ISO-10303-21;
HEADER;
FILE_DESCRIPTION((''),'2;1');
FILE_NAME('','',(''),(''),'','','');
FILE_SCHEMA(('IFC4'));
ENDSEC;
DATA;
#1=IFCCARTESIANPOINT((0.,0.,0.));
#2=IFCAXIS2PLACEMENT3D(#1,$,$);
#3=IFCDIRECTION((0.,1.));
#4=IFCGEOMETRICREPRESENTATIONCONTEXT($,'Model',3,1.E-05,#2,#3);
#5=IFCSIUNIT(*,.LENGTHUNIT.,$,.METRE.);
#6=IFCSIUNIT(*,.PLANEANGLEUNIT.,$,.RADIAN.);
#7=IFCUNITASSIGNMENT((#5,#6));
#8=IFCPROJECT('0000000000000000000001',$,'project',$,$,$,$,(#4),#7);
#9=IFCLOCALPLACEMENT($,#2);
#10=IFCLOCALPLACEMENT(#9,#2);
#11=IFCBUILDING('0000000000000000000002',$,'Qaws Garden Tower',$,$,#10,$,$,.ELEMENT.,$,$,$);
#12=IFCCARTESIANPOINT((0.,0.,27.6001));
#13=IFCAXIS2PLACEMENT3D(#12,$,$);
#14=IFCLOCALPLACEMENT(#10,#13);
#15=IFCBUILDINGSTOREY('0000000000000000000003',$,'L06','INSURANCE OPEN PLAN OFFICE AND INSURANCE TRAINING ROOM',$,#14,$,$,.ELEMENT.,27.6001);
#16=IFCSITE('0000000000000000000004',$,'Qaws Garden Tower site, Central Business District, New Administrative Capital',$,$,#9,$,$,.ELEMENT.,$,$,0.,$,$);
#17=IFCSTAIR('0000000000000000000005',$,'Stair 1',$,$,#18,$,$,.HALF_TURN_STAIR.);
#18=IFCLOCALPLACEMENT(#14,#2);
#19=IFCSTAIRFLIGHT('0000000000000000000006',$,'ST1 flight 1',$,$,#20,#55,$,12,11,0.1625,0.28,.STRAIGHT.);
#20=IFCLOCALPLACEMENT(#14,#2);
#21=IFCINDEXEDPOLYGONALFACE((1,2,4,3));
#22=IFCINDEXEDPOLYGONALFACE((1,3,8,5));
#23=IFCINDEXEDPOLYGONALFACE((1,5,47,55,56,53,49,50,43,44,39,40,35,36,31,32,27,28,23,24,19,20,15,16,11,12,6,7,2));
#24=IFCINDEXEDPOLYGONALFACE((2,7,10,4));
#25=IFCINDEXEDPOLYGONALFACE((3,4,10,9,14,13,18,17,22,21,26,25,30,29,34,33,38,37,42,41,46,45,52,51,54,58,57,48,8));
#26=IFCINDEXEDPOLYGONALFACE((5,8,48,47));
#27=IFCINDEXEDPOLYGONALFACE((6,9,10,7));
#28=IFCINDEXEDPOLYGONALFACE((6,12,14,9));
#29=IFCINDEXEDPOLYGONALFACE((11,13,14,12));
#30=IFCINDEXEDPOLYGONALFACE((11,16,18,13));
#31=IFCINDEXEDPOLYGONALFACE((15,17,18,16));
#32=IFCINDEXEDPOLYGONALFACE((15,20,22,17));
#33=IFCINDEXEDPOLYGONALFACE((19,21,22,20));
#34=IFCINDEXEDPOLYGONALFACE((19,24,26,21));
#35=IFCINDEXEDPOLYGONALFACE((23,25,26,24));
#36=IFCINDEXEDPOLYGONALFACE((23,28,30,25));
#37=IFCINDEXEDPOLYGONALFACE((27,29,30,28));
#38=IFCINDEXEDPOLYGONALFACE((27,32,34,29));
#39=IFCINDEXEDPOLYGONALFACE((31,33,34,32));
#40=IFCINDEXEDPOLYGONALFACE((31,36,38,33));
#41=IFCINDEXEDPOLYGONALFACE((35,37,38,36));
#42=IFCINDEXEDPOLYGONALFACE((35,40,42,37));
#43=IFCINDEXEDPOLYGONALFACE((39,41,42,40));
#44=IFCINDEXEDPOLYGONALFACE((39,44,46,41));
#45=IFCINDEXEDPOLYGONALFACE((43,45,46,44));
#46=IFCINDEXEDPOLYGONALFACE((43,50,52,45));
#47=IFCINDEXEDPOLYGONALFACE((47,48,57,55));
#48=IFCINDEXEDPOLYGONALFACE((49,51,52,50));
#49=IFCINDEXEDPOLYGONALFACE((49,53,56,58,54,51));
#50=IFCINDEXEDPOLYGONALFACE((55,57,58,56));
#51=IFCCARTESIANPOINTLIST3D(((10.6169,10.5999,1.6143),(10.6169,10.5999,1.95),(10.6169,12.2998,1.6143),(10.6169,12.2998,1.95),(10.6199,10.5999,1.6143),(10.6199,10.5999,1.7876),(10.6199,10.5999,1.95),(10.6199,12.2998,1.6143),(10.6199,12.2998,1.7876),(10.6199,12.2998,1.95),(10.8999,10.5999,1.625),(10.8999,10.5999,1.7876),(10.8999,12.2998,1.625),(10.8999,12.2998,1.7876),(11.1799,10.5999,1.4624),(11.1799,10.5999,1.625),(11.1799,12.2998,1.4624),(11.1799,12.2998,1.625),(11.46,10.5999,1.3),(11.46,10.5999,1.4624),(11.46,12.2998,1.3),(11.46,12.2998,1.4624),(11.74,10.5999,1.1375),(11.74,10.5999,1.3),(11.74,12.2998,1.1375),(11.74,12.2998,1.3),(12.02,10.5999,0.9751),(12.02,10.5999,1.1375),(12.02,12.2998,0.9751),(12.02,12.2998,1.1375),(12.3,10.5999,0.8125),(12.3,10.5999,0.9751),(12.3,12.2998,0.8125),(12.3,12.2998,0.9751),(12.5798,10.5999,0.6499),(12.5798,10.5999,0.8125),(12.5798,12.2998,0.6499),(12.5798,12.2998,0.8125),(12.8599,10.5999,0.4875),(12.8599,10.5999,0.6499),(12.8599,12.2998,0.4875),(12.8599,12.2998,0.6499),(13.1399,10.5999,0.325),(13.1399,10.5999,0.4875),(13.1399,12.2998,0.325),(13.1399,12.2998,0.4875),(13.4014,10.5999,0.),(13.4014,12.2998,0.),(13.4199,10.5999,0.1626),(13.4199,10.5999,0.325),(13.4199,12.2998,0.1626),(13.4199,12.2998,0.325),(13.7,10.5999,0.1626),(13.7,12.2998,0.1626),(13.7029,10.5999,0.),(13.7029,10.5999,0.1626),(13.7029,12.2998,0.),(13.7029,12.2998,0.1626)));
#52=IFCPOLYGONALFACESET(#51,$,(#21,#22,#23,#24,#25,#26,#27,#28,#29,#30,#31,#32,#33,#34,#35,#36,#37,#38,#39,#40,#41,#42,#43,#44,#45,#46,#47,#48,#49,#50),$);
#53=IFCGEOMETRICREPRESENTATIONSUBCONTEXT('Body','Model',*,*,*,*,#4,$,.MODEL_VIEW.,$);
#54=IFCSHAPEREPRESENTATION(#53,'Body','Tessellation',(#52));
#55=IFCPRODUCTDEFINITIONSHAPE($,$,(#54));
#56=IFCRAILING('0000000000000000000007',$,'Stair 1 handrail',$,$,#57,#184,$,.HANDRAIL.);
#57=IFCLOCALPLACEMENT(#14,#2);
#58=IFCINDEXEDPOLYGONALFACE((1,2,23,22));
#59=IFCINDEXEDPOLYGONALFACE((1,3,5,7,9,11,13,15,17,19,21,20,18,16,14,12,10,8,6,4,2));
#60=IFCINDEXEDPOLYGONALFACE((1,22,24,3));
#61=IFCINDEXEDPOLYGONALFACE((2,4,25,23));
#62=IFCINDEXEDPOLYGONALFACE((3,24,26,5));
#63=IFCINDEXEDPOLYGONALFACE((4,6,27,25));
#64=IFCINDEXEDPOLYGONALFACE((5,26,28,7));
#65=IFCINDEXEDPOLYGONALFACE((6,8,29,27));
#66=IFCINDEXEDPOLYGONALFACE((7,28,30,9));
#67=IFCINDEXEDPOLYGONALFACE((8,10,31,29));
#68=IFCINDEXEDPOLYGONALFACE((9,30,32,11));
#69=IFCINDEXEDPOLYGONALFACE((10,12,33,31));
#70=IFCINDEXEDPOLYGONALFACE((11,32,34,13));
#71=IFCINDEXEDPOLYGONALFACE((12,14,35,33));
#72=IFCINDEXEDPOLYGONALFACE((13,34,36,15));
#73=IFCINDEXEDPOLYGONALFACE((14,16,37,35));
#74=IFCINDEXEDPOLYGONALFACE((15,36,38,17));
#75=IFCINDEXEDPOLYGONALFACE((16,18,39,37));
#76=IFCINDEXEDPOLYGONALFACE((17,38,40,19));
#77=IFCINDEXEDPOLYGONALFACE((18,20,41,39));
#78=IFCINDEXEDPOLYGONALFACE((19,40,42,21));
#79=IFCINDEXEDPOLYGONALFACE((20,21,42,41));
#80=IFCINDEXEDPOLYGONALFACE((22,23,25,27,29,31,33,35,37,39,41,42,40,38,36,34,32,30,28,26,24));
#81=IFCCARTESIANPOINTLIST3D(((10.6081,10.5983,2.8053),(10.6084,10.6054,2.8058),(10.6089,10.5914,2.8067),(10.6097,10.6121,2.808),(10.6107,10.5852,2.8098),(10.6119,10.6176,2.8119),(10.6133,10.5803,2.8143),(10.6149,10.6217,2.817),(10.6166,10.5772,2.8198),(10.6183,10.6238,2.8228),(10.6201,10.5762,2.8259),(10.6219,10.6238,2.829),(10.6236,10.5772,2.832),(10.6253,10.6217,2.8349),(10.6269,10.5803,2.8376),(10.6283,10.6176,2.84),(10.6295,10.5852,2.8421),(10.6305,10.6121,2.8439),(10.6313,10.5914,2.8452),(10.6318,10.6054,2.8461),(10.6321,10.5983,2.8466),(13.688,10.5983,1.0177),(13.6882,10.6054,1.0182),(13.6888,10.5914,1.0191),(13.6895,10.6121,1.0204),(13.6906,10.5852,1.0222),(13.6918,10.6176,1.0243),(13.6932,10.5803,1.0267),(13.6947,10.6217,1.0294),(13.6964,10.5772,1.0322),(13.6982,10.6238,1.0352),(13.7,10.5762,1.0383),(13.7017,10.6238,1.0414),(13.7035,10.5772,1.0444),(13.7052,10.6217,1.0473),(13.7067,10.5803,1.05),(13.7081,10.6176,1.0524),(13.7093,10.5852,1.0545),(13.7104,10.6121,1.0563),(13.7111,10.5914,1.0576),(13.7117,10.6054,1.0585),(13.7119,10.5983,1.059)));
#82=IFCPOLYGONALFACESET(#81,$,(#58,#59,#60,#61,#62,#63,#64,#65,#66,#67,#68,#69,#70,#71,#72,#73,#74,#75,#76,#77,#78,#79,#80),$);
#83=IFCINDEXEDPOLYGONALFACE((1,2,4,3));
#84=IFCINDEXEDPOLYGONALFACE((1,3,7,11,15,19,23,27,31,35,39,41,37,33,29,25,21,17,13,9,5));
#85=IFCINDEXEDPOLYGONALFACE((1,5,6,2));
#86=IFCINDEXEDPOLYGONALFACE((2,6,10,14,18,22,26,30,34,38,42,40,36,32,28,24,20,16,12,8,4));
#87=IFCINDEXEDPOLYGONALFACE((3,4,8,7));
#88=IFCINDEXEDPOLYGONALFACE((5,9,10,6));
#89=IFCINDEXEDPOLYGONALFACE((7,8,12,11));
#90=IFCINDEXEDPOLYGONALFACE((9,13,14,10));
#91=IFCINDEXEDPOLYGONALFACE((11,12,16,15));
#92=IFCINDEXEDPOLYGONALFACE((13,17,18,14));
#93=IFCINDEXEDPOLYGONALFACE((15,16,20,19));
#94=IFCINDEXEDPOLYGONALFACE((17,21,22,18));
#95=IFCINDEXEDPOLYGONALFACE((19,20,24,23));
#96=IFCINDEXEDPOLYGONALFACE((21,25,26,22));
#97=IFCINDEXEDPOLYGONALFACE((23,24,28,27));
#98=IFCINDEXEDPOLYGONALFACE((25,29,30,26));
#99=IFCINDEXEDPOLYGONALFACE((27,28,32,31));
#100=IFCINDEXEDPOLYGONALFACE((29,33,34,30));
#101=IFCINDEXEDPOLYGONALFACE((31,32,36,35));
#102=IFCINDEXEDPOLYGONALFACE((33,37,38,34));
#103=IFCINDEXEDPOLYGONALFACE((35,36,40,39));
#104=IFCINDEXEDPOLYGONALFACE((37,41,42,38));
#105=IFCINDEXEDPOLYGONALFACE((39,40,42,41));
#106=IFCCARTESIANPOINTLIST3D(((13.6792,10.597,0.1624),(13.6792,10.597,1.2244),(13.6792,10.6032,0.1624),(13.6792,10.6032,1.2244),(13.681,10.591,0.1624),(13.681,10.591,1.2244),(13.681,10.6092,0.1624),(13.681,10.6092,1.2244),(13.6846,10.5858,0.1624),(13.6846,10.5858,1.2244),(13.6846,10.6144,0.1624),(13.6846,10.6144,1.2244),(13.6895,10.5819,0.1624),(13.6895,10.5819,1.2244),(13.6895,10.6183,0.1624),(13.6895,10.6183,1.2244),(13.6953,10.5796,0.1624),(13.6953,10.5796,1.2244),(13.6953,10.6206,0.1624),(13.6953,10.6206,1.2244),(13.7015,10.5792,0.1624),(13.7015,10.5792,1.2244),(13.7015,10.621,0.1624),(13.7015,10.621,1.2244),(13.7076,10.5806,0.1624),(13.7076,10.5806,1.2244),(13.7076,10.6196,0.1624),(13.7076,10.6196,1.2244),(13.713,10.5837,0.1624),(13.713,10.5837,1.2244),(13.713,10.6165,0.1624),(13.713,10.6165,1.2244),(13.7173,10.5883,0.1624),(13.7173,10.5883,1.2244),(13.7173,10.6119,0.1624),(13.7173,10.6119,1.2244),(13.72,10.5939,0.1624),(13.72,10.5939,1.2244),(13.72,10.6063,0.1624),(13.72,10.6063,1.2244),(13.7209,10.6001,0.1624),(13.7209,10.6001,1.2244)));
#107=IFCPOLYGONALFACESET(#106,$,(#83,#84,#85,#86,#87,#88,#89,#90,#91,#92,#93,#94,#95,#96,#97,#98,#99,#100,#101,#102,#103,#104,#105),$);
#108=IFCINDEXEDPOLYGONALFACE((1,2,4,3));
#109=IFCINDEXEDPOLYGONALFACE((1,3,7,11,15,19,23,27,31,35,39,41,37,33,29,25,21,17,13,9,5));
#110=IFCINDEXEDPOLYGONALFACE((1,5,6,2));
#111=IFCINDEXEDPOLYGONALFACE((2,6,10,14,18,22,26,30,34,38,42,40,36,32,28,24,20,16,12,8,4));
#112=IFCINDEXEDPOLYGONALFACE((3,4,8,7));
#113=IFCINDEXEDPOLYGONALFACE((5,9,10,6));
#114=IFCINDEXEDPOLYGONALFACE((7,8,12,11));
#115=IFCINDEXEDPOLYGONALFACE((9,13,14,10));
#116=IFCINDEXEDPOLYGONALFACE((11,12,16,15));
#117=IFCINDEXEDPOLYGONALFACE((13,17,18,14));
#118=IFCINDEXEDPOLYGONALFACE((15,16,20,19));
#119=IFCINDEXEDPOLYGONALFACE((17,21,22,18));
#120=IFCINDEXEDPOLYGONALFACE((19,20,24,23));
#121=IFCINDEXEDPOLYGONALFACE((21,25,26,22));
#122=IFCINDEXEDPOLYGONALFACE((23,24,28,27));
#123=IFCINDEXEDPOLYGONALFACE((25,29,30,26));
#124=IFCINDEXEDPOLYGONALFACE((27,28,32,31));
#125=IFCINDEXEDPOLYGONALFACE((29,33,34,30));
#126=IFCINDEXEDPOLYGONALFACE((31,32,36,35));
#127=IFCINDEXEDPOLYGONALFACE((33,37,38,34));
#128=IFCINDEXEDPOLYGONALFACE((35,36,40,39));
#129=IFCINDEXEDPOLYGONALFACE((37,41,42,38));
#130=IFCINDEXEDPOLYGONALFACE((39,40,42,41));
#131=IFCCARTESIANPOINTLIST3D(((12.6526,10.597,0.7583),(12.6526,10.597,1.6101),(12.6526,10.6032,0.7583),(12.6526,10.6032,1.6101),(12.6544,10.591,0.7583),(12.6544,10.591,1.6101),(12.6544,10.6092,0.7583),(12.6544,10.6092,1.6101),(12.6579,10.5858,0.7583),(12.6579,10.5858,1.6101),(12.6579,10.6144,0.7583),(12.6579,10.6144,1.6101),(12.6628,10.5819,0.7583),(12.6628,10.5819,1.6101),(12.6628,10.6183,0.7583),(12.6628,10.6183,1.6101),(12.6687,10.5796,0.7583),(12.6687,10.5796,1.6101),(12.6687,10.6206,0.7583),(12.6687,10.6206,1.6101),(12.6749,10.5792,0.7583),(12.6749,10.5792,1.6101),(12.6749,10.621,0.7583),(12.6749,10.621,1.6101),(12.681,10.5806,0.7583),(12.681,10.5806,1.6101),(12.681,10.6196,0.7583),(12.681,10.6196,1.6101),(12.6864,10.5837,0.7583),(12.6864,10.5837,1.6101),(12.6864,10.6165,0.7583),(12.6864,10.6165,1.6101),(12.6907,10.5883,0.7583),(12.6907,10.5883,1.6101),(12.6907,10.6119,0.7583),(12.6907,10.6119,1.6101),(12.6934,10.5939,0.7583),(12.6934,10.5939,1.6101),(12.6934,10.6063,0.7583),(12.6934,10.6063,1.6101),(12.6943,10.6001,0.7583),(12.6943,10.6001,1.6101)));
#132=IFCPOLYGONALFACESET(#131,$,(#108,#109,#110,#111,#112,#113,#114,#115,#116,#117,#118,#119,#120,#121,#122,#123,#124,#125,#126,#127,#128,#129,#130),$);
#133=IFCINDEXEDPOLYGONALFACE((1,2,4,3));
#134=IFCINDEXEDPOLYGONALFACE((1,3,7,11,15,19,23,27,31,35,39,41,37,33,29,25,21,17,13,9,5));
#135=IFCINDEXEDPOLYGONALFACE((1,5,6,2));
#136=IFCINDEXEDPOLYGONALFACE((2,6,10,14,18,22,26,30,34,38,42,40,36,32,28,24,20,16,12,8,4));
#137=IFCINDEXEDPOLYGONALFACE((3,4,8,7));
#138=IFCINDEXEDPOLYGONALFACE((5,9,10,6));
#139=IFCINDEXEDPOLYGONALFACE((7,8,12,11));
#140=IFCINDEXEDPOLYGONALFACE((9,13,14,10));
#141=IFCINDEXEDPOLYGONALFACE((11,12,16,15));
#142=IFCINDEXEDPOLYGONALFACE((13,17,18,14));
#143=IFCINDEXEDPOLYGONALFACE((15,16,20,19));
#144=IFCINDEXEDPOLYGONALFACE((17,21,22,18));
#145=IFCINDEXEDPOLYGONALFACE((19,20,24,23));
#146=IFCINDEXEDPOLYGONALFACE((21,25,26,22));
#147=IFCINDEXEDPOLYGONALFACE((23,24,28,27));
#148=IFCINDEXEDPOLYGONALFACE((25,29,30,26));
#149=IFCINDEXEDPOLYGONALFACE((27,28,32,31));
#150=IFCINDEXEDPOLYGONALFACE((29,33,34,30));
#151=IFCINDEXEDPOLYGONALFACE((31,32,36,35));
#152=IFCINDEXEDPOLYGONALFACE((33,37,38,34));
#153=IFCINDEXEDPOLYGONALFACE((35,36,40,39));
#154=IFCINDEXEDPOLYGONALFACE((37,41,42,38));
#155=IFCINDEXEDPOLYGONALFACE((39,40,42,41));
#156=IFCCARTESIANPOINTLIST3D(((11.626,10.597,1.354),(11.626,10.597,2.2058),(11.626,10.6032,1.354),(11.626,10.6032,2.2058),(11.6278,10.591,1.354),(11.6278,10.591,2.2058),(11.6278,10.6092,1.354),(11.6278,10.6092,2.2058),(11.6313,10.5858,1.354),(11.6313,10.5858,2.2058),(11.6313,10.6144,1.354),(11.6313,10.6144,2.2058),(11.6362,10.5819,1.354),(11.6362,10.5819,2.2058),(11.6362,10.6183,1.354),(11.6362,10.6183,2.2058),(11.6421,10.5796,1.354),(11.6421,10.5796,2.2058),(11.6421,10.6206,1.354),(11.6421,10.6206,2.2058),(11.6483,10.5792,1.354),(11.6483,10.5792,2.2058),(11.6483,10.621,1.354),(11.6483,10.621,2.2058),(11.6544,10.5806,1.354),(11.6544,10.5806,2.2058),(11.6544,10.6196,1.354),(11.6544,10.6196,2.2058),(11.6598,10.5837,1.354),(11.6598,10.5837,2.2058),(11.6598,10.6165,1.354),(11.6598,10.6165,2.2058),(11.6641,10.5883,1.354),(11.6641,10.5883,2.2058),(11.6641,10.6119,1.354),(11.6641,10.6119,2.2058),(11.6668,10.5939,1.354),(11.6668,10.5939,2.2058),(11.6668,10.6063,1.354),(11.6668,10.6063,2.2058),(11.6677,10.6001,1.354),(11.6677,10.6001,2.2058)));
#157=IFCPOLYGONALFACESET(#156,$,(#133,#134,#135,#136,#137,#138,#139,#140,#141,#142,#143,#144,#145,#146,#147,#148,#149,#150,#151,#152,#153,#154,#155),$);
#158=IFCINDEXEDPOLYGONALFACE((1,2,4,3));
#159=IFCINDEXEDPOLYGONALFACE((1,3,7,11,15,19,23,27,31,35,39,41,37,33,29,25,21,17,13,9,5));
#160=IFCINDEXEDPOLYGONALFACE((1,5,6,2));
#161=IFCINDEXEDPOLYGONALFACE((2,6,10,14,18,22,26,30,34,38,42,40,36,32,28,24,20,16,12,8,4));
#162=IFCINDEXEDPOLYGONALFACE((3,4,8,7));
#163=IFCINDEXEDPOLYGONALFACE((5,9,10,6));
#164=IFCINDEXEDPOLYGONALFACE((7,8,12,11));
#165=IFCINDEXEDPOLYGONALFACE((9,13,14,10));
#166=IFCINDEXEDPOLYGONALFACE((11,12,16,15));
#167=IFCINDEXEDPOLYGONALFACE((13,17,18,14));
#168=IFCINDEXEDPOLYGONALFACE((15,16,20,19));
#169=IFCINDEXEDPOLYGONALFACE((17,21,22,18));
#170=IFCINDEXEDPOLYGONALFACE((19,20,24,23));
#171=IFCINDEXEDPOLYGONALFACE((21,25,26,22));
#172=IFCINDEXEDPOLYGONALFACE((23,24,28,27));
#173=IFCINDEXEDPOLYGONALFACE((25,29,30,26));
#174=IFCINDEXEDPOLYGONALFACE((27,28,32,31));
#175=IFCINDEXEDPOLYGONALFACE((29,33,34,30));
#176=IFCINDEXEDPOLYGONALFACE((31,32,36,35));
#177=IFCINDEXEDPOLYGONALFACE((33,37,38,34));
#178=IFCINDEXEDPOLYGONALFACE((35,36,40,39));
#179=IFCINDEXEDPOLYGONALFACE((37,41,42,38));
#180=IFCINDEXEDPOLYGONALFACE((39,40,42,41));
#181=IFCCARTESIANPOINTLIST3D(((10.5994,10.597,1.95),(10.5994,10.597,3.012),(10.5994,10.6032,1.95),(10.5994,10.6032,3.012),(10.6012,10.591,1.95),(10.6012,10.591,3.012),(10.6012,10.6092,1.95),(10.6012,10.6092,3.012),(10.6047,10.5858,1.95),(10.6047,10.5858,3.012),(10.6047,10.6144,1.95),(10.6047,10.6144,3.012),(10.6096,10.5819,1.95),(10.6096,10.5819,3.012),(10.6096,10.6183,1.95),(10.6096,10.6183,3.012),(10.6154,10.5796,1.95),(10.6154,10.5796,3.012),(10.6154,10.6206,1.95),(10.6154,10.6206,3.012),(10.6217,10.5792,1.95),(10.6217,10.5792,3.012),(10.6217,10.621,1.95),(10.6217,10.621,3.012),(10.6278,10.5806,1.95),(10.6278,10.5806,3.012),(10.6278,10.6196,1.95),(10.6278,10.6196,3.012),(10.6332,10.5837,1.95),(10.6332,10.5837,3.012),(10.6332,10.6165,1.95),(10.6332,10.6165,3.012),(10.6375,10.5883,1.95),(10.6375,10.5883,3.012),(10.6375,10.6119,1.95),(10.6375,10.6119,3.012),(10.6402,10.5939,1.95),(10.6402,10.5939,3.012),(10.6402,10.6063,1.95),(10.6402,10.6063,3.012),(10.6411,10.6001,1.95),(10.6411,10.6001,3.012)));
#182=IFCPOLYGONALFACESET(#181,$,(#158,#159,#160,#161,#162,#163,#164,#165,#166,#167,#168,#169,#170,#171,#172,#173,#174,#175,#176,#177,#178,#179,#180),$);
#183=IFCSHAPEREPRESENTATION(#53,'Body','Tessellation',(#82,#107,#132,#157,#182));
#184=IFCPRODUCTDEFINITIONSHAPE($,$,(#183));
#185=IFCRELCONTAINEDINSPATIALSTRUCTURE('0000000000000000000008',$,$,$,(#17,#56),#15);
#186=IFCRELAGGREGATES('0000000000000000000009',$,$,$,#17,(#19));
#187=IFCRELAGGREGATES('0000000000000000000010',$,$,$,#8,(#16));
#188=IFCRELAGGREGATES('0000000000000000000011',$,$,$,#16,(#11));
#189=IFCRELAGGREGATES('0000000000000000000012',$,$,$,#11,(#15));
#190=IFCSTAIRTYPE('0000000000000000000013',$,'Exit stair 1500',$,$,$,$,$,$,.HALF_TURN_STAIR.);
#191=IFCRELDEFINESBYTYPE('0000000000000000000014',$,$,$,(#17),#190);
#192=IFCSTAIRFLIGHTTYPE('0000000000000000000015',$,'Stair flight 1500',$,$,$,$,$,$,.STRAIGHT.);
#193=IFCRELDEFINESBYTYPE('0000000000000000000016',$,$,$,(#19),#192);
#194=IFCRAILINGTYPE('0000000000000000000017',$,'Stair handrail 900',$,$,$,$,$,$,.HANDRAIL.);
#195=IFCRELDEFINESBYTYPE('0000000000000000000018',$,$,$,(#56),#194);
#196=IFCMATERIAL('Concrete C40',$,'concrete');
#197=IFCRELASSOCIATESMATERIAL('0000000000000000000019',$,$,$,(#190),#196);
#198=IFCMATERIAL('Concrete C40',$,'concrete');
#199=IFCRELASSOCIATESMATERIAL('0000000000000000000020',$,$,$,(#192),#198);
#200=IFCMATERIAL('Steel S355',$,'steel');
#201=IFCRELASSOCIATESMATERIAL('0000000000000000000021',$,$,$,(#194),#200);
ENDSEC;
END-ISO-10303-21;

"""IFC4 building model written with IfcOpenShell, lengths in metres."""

from ifc_helpers import new_model, si_unit, direction, frame, origin, origin_2d, place, context, subcontext, project, spatial, polyline, circle, outline, extrude, material, type_object, element, aggregate, save


model = new_model("IFC4")

# Units and contexts
model_context = context("Model", 3, precision=1e-05, world=origin(), true_north=direction((0.0, 1.0)))
body_context = subcontext(model_context, "Body", "Model", "MODEL_VIEW")
ifc_project = project(units=[si_unit("LENGTHUNIT", "METRE"), si_unit("PLANEANGLEUNIT", "RADIAN")], contexts=[model_context])

# Site, building, storey
site_placement = place(None, origin())
site = spatial("IfcSite", under=ifc_project, at=site_placement, Name="Qaws Garden Tower site, Central Business District, New Administrative Capital", CompositionType="ELEMENT", RefElevation=0.0)
building_placement = place(site_placement, origin())
building = spatial("IfcBuilding", under=site, at=building_placement, Name="Qaws Garden Tower", CompositionType="ELEMENT")
storey_placement = place(building_placement, frame((0.0, 0.0, 27.6001)))
storey = spatial("IfcBuildingStorey", under=building, at=storey_placement, Name="L06", Description="INSURANCE OPEN PLAN OFFICE AND INSURANCE TRAINING ROOM", CompositionType="ELEMENT", Elevation=27.6001)

# Stair, stair flight
ifc_material_1 = material(Name="Concrete C40", Category="concrete")
stair_type = type_object("IfcStairType", Name="Exit stair 1500", PredefinedType="HALF_TURN_STAIR", material=ifc_material_1)
stair_placement = place(storey_placement, origin())
stair = element("IfcStair", 1, at=stair_placement, inside=storey, type_object=stair_type, Name="Stair 1", PredefinedType="HALF_TURN_STAIR")
ifc_material_2 = material(Name="Concrete C40", Category="concrete")
stair_flight_type = type_object("IfcStairFlightType", Name="Stair flight 1500", PredefinedType="STRAIGHT", material=ifc_material_2)
stair_flight_placement = place(storey_placement, frame((13.7, 11.45, 0.0), z_axis=(0.0, 0.0, 1.0), x_axis=(-1.0, 0.0, 0.0)))
stair_flight = element("IfcStairFlight", 2, at=stair_flight_placement, type_object=stair_flight_type, Name="ST1 flight 1", NumberOfRisers=12, NumberOfTreads=11, PredefinedType="STRAIGHT", RiserHeight=0.1625, TreadLength=0.28, context=body_context, shape_type="SweptSolid", body=[
    extrude(outline(polyline([(-0.0029, 0.0), (-0.0029, 0.1626), (0.0, 0.1626), (0.28, 0.1626), (0.28, 0.325), (0.5601, 0.325), (0.5601, 0.4875), (0.8401, 0.4875), (0.8401, 0.6499), (1.1201, 0.6499), (1.1201, 0.8125), (1.3999, 0.8125), (1.3999, 0.9751), (1.6799, 0.9751), (1.6799, 1.1375), (1.96, 1.1375), (1.96, 1.3), (2.24, 1.3), (2.24, 1.4624), (2.52, 1.4624), (2.52, 1.625), (2.8, 1.625), (2.8, 1.7876), (3.0801, 1.7876), (3.0801, 1.95), (3.083, 1.95), (3.083, 1.6143), (3.0801, 1.6143), (0.2986, 0.0), (-0.0029, 0.0)])), frame((0.0, 0.8501, 0.0), z_axis=(0.0, -1.0, 0.0), x_axis=(1.0, 0.0, 0.0)), (0.0, 0.0, 1.0), 1.7),
])
aggregate(stair, [stair_flight])

# Railing
ifc_material_3 = material(Name="Steel S355", Category="steel")
railing_type = type_object("IfcRailingType", Name="Stair handrail 900", PredefinedType="HANDRAIL", material=ifc_material_3)
railing_1_placement = place(storey_placement, frame((13.7, 10.6001, 0.1624)))
element("IfcRailing", 3, at=railing_1_placement, inside=storey, type_object=railing_type, Name="Stair 1 handrail", PredefinedType="HANDRAIL", context=body_context, shape_type="SweptSolid", body=[
    extrude(circle(Radius=0.0239, at=origin_2d()), frame((0.0, 0.0, 0.876), z_axis=(-0.864873, 0.0, 0.50199), x_axis=(0.0, -1.0, 0.0)), (0.0, 0.0, 1.0), 3.561),
    extrude(circle(Radius=0.021, at=origin_2d()), origin(), (0.0, 0.0, 1.0), 1.062),
    extrude(circle(Radius=0.021, at=origin_2d()), frame((-1.0266, 0.0, 0.5959)), (0.0, 0.0, 1.0), 0.8518),
    extrude(circle(Radius=0.021, at=origin_2d()), frame((-2.0532, 0.0, 1.1917)), (0.0, 0.0, 1.0), 0.8518),
    extrude(circle(Radius=0.021, at=origin_2d()), frame((-3.0798, 0.0, 1.7876)), (0.0, 0.0, 1.0), 1.062),
])

save(model, "model.ifc")
